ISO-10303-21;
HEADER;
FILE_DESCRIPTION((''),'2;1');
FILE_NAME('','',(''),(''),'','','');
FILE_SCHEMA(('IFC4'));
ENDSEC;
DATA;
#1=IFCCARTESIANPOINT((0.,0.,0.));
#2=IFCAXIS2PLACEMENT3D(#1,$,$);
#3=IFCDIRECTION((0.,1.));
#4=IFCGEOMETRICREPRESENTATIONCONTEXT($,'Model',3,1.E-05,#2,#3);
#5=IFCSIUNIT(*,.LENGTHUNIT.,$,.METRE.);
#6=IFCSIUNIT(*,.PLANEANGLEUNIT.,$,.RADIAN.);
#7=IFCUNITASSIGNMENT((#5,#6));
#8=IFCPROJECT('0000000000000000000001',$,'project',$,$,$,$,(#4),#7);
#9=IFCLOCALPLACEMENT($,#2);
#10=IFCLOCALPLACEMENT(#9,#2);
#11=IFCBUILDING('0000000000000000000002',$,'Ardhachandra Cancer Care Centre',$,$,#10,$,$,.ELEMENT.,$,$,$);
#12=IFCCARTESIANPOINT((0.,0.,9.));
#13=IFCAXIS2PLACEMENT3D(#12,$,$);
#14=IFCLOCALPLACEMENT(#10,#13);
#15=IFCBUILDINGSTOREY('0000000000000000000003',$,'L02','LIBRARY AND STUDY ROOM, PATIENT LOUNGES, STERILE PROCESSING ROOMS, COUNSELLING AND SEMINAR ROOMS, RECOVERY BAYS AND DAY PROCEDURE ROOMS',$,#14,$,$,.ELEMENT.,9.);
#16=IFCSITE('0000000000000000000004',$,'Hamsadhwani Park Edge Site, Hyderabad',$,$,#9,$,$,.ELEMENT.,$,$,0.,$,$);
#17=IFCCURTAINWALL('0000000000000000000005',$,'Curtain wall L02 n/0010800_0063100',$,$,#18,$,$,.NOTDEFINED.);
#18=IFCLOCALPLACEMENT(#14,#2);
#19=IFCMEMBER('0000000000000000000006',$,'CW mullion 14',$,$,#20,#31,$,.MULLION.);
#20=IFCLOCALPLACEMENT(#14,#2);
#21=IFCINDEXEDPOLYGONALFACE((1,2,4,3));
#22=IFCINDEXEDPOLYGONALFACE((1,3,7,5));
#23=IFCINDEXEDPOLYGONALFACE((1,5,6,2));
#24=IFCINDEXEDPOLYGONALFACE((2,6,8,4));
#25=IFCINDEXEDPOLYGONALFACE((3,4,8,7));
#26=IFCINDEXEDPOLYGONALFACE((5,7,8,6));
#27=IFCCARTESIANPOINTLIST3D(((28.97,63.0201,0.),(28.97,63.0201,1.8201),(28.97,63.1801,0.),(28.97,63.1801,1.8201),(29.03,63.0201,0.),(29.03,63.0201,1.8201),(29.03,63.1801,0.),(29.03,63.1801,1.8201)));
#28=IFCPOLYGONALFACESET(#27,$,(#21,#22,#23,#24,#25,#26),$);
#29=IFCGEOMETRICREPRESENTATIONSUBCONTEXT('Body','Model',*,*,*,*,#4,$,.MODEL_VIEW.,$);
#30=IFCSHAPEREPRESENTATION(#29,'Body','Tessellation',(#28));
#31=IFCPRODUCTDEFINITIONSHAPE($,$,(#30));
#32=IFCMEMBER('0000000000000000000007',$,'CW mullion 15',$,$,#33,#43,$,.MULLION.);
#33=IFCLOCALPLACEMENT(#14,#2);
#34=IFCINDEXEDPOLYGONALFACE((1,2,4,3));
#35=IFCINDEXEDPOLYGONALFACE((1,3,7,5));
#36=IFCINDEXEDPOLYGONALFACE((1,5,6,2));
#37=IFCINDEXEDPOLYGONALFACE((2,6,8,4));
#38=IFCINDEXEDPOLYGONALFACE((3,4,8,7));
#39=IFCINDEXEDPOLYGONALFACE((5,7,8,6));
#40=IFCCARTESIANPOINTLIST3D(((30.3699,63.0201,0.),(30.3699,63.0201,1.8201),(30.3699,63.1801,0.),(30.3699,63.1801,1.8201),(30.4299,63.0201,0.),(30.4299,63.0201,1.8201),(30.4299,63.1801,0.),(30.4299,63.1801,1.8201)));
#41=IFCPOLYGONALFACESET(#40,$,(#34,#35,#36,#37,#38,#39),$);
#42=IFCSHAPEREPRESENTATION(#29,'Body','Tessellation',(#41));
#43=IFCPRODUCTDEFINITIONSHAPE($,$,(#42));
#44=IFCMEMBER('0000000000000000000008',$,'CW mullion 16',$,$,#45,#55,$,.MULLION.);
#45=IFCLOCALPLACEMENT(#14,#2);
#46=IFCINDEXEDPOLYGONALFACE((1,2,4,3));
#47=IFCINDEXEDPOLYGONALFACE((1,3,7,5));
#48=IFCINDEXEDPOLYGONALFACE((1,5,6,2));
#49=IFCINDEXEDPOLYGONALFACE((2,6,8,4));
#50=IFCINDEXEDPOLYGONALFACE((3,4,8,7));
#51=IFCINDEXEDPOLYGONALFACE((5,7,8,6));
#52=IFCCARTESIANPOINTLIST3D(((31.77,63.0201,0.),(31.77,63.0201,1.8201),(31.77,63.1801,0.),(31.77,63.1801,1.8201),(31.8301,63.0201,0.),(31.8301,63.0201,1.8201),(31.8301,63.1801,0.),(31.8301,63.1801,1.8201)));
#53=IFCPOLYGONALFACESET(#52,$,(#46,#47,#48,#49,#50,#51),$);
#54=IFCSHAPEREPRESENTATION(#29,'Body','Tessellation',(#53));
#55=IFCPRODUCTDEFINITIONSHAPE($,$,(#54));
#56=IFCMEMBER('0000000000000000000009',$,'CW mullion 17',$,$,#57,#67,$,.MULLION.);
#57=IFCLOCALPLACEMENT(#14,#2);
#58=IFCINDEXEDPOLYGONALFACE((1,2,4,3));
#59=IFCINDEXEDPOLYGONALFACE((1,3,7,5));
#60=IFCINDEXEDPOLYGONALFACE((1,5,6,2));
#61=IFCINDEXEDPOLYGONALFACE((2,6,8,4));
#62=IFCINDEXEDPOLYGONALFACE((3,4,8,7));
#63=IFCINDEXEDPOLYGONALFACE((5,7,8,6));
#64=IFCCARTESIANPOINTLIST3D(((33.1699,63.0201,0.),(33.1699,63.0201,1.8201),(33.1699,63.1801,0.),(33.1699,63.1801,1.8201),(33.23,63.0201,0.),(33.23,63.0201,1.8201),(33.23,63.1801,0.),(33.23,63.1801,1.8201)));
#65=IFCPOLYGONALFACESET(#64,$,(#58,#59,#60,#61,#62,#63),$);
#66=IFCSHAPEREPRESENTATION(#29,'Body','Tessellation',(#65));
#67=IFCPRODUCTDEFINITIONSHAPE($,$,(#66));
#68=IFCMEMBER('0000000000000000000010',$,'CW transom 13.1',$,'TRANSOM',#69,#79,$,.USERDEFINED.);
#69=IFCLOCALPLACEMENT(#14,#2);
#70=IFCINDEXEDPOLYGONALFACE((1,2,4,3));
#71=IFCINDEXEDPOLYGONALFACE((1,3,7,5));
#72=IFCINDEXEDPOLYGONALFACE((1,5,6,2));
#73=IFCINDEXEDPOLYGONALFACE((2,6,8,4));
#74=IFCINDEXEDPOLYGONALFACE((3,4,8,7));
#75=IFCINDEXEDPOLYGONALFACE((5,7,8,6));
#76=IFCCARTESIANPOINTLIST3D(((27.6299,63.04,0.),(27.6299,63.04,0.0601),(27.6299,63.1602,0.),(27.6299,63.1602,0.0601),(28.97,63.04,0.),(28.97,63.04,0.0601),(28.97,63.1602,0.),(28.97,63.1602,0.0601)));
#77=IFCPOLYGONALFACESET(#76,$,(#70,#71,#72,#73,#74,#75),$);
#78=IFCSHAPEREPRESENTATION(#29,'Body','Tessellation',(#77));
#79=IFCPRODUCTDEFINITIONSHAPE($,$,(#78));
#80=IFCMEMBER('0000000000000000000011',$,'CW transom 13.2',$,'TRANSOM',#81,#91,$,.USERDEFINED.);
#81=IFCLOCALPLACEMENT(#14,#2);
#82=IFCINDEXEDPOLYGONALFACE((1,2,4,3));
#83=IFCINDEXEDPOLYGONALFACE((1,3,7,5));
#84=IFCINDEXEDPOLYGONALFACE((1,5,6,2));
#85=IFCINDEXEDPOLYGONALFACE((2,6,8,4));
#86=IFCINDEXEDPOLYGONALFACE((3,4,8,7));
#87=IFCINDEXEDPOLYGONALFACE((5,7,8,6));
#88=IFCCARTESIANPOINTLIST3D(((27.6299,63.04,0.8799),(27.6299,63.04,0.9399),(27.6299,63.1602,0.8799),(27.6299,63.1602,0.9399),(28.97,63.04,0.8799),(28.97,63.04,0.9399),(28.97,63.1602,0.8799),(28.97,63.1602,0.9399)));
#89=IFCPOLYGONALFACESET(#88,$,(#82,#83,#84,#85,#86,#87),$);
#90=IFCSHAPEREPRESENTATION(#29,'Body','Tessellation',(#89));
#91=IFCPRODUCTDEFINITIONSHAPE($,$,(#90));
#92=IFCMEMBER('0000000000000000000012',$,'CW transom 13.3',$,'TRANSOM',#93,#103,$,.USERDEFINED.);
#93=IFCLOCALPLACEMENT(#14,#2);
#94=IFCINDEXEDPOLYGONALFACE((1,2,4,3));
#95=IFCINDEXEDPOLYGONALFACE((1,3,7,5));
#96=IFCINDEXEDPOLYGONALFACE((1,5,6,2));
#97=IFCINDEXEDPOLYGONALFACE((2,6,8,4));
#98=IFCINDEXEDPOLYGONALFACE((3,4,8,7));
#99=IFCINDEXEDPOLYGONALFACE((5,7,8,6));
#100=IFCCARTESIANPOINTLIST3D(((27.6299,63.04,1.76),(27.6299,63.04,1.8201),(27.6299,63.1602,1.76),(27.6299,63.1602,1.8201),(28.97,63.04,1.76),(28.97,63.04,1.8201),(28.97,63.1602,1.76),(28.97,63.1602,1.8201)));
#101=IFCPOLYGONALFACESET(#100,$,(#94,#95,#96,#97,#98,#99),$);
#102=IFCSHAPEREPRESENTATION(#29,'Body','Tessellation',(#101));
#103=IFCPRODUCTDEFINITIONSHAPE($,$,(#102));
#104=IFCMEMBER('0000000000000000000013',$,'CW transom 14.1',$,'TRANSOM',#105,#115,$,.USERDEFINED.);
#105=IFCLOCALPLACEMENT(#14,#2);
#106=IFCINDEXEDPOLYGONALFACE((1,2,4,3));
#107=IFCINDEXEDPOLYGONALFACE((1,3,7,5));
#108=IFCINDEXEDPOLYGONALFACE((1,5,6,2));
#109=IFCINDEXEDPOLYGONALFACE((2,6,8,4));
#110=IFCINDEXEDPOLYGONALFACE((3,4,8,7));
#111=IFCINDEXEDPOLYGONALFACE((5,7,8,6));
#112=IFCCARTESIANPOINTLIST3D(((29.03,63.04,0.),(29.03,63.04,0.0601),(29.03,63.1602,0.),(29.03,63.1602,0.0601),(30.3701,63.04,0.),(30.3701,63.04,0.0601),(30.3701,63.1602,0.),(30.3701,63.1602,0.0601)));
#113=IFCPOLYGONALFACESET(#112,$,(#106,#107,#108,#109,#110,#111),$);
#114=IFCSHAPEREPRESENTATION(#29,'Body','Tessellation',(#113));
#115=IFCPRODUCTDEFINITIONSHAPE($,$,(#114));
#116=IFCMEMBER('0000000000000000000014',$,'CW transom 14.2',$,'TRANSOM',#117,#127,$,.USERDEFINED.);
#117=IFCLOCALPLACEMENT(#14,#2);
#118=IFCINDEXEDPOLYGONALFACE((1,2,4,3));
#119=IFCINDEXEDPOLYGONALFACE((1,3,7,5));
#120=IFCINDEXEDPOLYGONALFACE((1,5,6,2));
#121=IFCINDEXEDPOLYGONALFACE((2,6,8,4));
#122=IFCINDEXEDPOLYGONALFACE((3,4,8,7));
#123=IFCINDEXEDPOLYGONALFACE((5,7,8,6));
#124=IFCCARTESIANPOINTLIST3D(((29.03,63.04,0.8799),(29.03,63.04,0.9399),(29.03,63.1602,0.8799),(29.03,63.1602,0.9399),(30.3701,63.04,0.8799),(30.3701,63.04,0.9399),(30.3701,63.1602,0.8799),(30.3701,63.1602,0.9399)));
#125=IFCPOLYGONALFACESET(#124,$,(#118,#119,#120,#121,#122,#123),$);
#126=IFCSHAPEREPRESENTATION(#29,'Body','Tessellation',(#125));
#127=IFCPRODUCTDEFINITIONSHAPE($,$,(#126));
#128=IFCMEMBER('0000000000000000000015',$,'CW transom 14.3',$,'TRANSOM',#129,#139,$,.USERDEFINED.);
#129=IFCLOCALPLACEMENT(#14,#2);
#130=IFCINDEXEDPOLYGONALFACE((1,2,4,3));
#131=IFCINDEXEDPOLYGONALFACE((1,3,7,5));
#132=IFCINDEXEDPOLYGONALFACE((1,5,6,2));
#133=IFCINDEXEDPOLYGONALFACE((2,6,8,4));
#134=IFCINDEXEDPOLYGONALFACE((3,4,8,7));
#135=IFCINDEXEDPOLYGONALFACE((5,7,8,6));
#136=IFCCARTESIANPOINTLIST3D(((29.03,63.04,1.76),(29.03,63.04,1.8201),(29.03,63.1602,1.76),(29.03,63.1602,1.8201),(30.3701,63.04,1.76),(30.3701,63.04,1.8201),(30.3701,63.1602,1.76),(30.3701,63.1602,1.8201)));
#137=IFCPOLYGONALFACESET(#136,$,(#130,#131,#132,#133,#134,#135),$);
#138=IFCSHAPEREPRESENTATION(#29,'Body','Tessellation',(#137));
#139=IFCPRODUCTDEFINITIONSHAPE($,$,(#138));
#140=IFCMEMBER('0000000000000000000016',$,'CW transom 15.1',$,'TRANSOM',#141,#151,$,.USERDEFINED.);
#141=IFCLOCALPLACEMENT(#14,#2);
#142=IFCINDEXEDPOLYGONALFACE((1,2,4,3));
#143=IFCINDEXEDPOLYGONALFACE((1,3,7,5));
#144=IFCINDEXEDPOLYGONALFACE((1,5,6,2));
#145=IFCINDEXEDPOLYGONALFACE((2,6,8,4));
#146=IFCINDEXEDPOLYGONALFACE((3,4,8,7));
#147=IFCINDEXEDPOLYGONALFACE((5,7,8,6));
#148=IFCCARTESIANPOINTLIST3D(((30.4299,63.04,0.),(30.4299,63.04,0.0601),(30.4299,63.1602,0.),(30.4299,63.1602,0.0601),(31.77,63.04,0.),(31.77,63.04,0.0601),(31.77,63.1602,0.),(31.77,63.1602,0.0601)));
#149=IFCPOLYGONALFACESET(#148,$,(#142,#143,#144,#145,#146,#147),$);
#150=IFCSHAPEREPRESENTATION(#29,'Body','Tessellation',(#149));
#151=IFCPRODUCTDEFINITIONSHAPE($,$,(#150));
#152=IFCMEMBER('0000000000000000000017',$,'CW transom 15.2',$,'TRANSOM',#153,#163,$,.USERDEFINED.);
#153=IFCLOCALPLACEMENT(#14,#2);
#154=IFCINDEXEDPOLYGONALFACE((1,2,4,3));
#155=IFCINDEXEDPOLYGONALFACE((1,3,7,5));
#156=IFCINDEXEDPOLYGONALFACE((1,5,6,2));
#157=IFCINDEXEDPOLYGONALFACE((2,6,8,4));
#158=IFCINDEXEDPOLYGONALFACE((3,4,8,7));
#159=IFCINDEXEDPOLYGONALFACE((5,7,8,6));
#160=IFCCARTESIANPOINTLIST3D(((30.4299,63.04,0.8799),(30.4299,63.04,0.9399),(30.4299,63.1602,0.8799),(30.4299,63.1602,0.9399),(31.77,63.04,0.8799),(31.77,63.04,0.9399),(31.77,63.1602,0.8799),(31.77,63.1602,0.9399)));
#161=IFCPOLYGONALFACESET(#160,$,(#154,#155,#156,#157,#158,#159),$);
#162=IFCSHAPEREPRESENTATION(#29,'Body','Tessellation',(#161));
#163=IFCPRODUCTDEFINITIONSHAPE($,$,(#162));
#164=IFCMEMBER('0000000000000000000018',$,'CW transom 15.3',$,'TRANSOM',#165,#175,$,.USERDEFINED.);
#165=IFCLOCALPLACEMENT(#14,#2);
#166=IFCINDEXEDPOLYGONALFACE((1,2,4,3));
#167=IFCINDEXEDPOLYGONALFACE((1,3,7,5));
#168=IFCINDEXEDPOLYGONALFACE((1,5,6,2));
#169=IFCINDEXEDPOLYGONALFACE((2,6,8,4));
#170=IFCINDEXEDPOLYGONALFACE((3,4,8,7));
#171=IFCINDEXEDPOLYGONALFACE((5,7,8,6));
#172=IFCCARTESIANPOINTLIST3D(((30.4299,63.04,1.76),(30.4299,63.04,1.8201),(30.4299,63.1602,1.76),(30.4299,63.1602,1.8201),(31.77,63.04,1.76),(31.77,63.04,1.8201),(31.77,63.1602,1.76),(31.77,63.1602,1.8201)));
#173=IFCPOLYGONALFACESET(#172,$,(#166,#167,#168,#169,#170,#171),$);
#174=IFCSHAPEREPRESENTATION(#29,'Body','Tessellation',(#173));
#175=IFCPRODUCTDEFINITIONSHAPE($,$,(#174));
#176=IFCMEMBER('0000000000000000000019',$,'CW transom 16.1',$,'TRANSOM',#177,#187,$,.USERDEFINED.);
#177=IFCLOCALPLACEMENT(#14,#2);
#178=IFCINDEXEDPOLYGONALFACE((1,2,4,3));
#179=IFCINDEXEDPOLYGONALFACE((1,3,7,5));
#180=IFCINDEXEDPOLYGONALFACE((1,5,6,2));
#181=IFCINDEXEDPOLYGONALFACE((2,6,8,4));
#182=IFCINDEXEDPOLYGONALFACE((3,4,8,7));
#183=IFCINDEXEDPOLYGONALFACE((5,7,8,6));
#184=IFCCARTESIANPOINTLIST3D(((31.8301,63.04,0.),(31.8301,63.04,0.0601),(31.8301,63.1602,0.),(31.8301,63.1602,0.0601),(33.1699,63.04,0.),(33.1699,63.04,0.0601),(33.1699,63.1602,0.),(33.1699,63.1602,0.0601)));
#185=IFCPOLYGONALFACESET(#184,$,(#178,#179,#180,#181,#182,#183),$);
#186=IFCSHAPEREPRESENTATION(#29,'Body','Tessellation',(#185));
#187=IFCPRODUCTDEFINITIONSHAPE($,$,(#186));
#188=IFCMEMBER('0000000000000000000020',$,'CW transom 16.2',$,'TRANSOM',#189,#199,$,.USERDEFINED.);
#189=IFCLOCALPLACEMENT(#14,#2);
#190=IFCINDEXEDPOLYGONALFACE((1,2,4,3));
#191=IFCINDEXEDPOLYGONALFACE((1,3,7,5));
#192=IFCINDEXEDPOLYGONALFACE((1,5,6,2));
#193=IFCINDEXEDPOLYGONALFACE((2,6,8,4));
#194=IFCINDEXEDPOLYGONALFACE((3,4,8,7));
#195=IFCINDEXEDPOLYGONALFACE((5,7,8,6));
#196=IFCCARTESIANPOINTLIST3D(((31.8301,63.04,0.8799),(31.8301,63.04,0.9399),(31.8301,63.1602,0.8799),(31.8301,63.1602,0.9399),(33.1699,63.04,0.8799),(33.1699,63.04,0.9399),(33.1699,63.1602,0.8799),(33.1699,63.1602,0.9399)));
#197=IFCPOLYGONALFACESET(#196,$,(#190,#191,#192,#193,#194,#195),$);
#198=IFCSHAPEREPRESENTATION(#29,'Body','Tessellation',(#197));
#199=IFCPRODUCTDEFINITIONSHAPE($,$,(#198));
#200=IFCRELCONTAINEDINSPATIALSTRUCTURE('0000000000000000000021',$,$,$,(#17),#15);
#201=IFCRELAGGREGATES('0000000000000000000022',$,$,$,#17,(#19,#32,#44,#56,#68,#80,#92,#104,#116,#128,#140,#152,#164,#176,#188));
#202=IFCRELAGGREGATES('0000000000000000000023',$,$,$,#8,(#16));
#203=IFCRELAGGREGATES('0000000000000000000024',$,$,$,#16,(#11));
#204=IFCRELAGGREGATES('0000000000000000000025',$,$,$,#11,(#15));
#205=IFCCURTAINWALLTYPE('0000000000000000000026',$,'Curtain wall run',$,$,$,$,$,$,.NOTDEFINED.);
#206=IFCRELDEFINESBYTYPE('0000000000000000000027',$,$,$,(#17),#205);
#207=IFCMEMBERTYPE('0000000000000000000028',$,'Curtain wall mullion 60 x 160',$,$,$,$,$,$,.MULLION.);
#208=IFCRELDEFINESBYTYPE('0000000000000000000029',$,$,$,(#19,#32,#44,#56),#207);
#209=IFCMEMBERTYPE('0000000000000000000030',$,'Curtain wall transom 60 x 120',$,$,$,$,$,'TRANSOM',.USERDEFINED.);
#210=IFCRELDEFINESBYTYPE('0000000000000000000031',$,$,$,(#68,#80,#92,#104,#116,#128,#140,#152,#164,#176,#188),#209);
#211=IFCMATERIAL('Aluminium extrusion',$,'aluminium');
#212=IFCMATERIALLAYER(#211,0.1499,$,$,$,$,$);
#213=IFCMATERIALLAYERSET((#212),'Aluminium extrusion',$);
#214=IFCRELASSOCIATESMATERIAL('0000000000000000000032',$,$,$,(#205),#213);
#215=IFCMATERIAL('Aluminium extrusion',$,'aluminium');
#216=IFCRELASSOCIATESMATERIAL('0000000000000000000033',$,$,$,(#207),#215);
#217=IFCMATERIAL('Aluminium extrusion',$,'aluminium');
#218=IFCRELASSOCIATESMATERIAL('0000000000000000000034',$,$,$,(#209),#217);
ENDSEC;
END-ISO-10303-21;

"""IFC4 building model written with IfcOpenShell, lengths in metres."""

from ifc_helpers import new_model, si_unit, direction, frame, origin, origin_2d, place, context, subcontext, project, spatial, rectangle, extrude, material, layer, layer_set, material_profile, profile_set, type_object, element, aggregate, save


model = new_model("IFC4")

# Units and contexts
model_context = context("Model", 3, precision=1e-05, world=origin(), true_north=direction((0.0, 1.0)))
body_context = subcontext(model_context, "Body", "Model", "MODEL_VIEW")
ifc_project = project(units=[si_unit("LENGTHUNIT", "METRE"), si_unit("PLANEANGLEUNIT", "RADIAN")], contexts=[model_context])

# Site, building, storey
site_placement = place(None, origin())
site = spatial("IfcSite", under=ifc_project, at=site_placement, Name="Hamsadhwani Park Edge Site, Hyderabad", CompositionType="ELEMENT", RefElevation=0.0)
building_placement = place(site_placement, origin())
building = spatial("IfcBuilding", under=site, at=building_placement, Name="Ardhachandra Cancer Care Centre", CompositionType="ELEMENT")
storey_placement = place(building_placement, frame((0.0, 0.0, 9.0)))
storey = spatial("IfcBuildingStorey", under=building, at=storey_placement, Name="L02", Description="LIBRARY AND STUDY ROOM, PATIENT LOUNGES, STERILE PROCESSING ROOMS, COUNSELLING AND SEMINAR ROOMS, RECOVERY BAYS AND DAY PROCEDURE ROOMS", CompositionType="ELEMENT", Elevation=9.0)

# Curtain wall, members
ifc_material_1 = material(Name="Aluminium extrusion", Category="aluminium")
ifc_layer_1 = layer(ifc_material_1, 0.1499)
ifc_layer_set_1 = layer_set([ifc_layer_1], Name="Aluminium extrusion")
curtain_wall_type = type_object("IfcCurtainWallType", Name="Curtain wall run", PredefinedType="NOTDEFINED", material=ifc_layer_set_1)
curtain_wall_placement = place(storey_placement, origin())
curtain_wall = element("IfcCurtainWall", 1, at=curtain_wall_placement, inside=storey, type_object=curtain_wall_type, Name="Curtain wall L02 n/0010800_0063100", PredefinedType="NOTDEFINED")
ifc_material_2 = material(Name="Aluminium extrusion", Category="aluminium")
ifc_material_profile_1 = material_profile(ifc_material_2, rectangle(XDim=0.1599, YDim=0.0601, at=origin_2d()), Name="Curtain wall mullion 60 x 160")
ifc_profile_set_1 = profile_set([ifc_material_profile_1], Name="Aluminium extrusion")
member_type_1 = type_object("IfcMemberType", Name="Curtain wall mullion 60 x 160", PredefinedType="MULLION", material=ifc_profile_set_1)
member_1_placement = place(storey_placement, frame((29.0, 63.1001, 0.0), z_axis=(0.0, 0.0, 1.0), x_axis=(0.0, 1.0, 0.0)))
member_1 = element("IfcMember", 2, at=member_1_placement, type_object=member_type_1, Name="CW mullion 14", PredefinedType="MULLION", context=body_context, shape_type="SweptSolid", body=[
    extrude(rectangle(XDim=0.1599, YDim=0.0601, at=origin_2d()), origin(), (0.0, 0.0, 1.0), 1.8201),
])
member_2_placement = place(storey_placement, frame((30.3999, 63.1001, 0.0), z_axis=(0.0, 0.0, 1.0), x_axis=(0.0, 1.0, 0.0)))
member_2 = element("IfcMember", 3, at=member_2_placement, type_object=member_type_1, Name="CW mullion 15", PredefinedType="MULLION", context=body_context, shape_type="SweptSolid", body=[
    extrude(rectangle(XDim=0.1599, YDim=0.0601, at=origin_2d()), origin(), (0.0, 0.0, 1.0), 1.8201),
])
member_3_placement = place(storey_placement, frame((31.8, 63.1001, 0.0), z_axis=(0.0, 0.0, 1.0), x_axis=(0.0, 1.0, 0.0)))
member_3 = element("IfcMember", 4, at=member_3_placement, type_object=member_type_1, Name="CW mullion 16", PredefinedType="MULLION", context=body_context, shape_type="SweptSolid", body=[
    extrude(rectangle(XDim=0.1599, YDim=0.0601, at=origin_2d()), origin(), (0.0, 0.0, 1.0), 1.8201),
])
member_4_placement = place(storey_placement, frame((33.2, 63.1001, 0.0), z_axis=(0.0, 0.0, 1.0), x_axis=(0.0, 1.0, 0.0)))
member_4 = element("IfcMember", 5, at=member_4_placement, type_object=member_type_1, Name="CW mullion 17", PredefinedType="MULLION", context=body_context, shape_type="SweptSolid", body=[
    extrude(rectangle(XDim=0.1599, YDim=0.0601, at=origin_2d()), origin(), (0.0, 0.0, 1.0), 1.8201),
])
ifc_material_3 = material(Name="Aluminium extrusion", Category="aluminium")
ifc_material_profile_2 = material_profile(ifc_material_3, rectangle(XDim=0.1201, YDim=0.0601, at=origin_2d()), Name="Curtain wall transom 60 x 120")
ifc_profile_set_2 = profile_set([ifc_material_profile_2], Name="Aluminium extrusion")
member_type_2 = type_object("IfcMemberType", Name="Curtain wall transom 60 x 120", ElementType="TRANSOM", PredefinedType="USERDEFINED", material=ifc_profile_set_2)
member_5_placement = place(storey_placement, frame((27.6299, 63.1001, 0.03), z_axis=(1.0, 0.0, 0.0), x_axis=(0.0, 1.0, 0.0)))
member_5 = element("IfcMember", 6, at=member_5_placement, type_object=member_type_2, Name="CW transom 13.1", ObjectType="TRANSOM", PredefinedType="USERDEFINED", context=body_context, shape_type="SweptSolid", body=[
    extrude(rectangle(XDim=0.1201, YDim=0.0601, at=origin_2d()), origin(), (0.0, 0.0, 1.0), 1.3401),
])
member_6_placement = place(storey_placement, frame((27.6299, 63.1001, 0.9099), z_axis=(1.0, 0.0, 0.0), x_axis=(0.0, 1.0, 0.0)))
member_6 = element("IfcMember", 7, at=member_6_placement, type_object=member_type_2, Name="CW transom 13.2", ObjectType="TRANSOM", PredefinedType="USERDEFINED", context=body_context, shape_type="SweptSolid", body=[
    extrude(rectangle(XDim=0.1201, YDim=0.0601, at=origin_2d()), origin(), (0.0, 0.0, 1.0), 1.3401),
])
member_7_placement = place(storey_placement, frame((27.6299, 63.1001, 1.79), z_axis=(1.0, 0.0, 0.0), x_axis=(0.0, 1.0, 0.0)))
member_7 = element("IfcMember", 8, at=member_7_placement, type_object=member_type_2, Name="CW transom 13.3", ObjectType="TRANSOM", PredefinedType="USERDEFINED", context=body_context, shape_type="SweptSolid", body=[
    extrude(rectangle(XDim=0.1201, YDim=0.0601, at=origin_2d()), origin(), (0.0, 0.0, 1.0), 1.3401),
])
member_8_placement = place(storey_placement, frame((29.03, 63.1001, 0.03), z_axis=(1.0, 0.0, 0.0), x_axis=(0.0, 1.0, 0.0)))
member_8 = element("IfcMember", 9, at=member_8_placement, type_object=member_type_2, Name="CW transom 14.1", ObjectType="TRANSOM", PredefinedType="USERDEFINED", context=body_context, shape_type="SweptSolid", body=[
    extrude(rectangle(XDim=0.1201, YDim=0.0601, at=origin_2d()), origin(), (0.0, 0.0, 1.0), 1.3401),
])
member_9_placement = place(storey_placement, frame((29.03, 63.1001, 0.9099), z_axis=(1.0, 0.0, 0.0), x_axis=(0.0, 1.0, 0.0)))
member_9 = element("IfcMember", 10, at=member_9_placement, type_object=member_type_2, Name="CW transom 14.2", ObjectType="TRANSOM", PredefinedType="USERDEFINED", context=body_context, shape_type="SweptSolid", body=[
    extrude(rectangle(XDim=0.1201, YDim=0.0601, at=origin_2d()), origin(), (0.0, 0.0, 1.0), 1.3401),
])
member_10_placement = place(storey_placement, frame((29.03, 63.1001, 1.79), z_axis=(1.0, 0.0, 0.0), x_axis=(0.0, 1.0, 0.0)))
member_10 = element("IfcMember", 11, at=member_10_placement, type_object=member_type_2, Name="CW transom 14.3", ObjectType="TRANSOM", PredefinedType="USERDEFINED", context=body_context, shape_type="SweptSolid", body=[
    extrude(rectangle(XDim=0.1201, YDim=0.0601, at=origin_2d()), origin(), (0.0, 0.0, 1.0), 1.3401),
])
member_11_placement = place(storey_placement, frame((30.4299, 63.1001, 0.03), z_axis=(1.0, 0.0, 0.0), x_axis=(0.0, 1.0, 0.0)))
member_11 = element("IfcMember", 12, at=member_11_placement, type_object=member_type_2, Name="CW transom 15.1", ObjectType="TRANSOM", PredefinedType="USERDEFINED", context=body_context, shape_type="SweptSolid", body=[
    extrude(rectangle(XDim=0.1201, YDim=0.0601, at=origin_2d()), origin(), (0.0, 0.0, 1.0), 1.3401),
])
member_12_placement = place(storey_placement, frame((30.4299, 63.1001, 0.9099), z_axis=(1.0, 0.0, 0.0), x_axis=(0.0, 1.0, 0.0)))
member_12 = element("IfcMember", 13, at=member_12_placement, type_object=member_type_2, Name="CW transom 15.2", ObjectType="TRANSOM", PredefinedType="USERDEFINED", context=body_context, shape_type="SweptSolid", body=[
    extrude(rectangle(XDim=0.1201, YDim=0.0601, at=origin_2d()), origin(), (0.0, 0.0, 1.0), 1.3401),
])
member_13_placement = place(storey_placement, frame((30.4299, 63.1001, 1.79), z_axis=(1.0, 0.0, 0.0), x_axis=(0.0, 1.0, 0.0)))
member_13 = element("IfcMember", 14, at=member_13_placement, type_object=member_type_2, Name="CW transom 15.3", ObjectType="TRANSOM", PredefinedType="USERDEFINED", context=body_context, shape_type="SweptSolid", body=[
    extrude(rectangle(XDim=0.1201, YDim=0.0601, at=origin_2d()), origin(), (0.0, 0.0, 1.0), 1.3401),
])
member_14_placement = place(storey_placement, frame((31.8301, 63.1001, 0.03), z_axis=(1.0, 0.0, 0.0), x_axis=(0.0, 1.0, 0.0)))
member_14 = element("IfcMember", 15, at=member_14_placement, type_object=member_type_2, Name="CW transom 16.1", ObjectType="TRANSOM", PredefinedType="USERDEFINED", context=body_context, shape_type="SweptSolid", body=[
    extrude(rectangle(XDim=0.1201, YDim=0.0601, at=origin_2d()), origin(), (0.0, 0.0, 1.0), 1.3398),
])
member_15_placement = place(storey_placement, frame((31.8301, 63.1001, 0.9099), z_axis=(1.0, 0.0, 0.0), x_axis=(0.0, 1.0, 0.0)))
member_15 = element("IfcMember", 16, at=member_15_placement, type_object=member_type_2, Name="CW transom 16.2", ObjectType="TRANSOM", PredefinedType="USERDEFINED", context=body_context, shape_type="SweptSolid", body=[
    extrude(rectangle(XDim=0.1201, YDim=0.0601, at=origin_2d()), origin(), (0.0, 0.0, 1.0), 1.3398),
])
aggregate(curtain_wall, [member_1, member_2, member_3, member_4, member_5, member_6, member_7, member_8, member_9, member_10, member_11, member_12, member_13, member_14, member_15])

save(model, "model.ifc")
